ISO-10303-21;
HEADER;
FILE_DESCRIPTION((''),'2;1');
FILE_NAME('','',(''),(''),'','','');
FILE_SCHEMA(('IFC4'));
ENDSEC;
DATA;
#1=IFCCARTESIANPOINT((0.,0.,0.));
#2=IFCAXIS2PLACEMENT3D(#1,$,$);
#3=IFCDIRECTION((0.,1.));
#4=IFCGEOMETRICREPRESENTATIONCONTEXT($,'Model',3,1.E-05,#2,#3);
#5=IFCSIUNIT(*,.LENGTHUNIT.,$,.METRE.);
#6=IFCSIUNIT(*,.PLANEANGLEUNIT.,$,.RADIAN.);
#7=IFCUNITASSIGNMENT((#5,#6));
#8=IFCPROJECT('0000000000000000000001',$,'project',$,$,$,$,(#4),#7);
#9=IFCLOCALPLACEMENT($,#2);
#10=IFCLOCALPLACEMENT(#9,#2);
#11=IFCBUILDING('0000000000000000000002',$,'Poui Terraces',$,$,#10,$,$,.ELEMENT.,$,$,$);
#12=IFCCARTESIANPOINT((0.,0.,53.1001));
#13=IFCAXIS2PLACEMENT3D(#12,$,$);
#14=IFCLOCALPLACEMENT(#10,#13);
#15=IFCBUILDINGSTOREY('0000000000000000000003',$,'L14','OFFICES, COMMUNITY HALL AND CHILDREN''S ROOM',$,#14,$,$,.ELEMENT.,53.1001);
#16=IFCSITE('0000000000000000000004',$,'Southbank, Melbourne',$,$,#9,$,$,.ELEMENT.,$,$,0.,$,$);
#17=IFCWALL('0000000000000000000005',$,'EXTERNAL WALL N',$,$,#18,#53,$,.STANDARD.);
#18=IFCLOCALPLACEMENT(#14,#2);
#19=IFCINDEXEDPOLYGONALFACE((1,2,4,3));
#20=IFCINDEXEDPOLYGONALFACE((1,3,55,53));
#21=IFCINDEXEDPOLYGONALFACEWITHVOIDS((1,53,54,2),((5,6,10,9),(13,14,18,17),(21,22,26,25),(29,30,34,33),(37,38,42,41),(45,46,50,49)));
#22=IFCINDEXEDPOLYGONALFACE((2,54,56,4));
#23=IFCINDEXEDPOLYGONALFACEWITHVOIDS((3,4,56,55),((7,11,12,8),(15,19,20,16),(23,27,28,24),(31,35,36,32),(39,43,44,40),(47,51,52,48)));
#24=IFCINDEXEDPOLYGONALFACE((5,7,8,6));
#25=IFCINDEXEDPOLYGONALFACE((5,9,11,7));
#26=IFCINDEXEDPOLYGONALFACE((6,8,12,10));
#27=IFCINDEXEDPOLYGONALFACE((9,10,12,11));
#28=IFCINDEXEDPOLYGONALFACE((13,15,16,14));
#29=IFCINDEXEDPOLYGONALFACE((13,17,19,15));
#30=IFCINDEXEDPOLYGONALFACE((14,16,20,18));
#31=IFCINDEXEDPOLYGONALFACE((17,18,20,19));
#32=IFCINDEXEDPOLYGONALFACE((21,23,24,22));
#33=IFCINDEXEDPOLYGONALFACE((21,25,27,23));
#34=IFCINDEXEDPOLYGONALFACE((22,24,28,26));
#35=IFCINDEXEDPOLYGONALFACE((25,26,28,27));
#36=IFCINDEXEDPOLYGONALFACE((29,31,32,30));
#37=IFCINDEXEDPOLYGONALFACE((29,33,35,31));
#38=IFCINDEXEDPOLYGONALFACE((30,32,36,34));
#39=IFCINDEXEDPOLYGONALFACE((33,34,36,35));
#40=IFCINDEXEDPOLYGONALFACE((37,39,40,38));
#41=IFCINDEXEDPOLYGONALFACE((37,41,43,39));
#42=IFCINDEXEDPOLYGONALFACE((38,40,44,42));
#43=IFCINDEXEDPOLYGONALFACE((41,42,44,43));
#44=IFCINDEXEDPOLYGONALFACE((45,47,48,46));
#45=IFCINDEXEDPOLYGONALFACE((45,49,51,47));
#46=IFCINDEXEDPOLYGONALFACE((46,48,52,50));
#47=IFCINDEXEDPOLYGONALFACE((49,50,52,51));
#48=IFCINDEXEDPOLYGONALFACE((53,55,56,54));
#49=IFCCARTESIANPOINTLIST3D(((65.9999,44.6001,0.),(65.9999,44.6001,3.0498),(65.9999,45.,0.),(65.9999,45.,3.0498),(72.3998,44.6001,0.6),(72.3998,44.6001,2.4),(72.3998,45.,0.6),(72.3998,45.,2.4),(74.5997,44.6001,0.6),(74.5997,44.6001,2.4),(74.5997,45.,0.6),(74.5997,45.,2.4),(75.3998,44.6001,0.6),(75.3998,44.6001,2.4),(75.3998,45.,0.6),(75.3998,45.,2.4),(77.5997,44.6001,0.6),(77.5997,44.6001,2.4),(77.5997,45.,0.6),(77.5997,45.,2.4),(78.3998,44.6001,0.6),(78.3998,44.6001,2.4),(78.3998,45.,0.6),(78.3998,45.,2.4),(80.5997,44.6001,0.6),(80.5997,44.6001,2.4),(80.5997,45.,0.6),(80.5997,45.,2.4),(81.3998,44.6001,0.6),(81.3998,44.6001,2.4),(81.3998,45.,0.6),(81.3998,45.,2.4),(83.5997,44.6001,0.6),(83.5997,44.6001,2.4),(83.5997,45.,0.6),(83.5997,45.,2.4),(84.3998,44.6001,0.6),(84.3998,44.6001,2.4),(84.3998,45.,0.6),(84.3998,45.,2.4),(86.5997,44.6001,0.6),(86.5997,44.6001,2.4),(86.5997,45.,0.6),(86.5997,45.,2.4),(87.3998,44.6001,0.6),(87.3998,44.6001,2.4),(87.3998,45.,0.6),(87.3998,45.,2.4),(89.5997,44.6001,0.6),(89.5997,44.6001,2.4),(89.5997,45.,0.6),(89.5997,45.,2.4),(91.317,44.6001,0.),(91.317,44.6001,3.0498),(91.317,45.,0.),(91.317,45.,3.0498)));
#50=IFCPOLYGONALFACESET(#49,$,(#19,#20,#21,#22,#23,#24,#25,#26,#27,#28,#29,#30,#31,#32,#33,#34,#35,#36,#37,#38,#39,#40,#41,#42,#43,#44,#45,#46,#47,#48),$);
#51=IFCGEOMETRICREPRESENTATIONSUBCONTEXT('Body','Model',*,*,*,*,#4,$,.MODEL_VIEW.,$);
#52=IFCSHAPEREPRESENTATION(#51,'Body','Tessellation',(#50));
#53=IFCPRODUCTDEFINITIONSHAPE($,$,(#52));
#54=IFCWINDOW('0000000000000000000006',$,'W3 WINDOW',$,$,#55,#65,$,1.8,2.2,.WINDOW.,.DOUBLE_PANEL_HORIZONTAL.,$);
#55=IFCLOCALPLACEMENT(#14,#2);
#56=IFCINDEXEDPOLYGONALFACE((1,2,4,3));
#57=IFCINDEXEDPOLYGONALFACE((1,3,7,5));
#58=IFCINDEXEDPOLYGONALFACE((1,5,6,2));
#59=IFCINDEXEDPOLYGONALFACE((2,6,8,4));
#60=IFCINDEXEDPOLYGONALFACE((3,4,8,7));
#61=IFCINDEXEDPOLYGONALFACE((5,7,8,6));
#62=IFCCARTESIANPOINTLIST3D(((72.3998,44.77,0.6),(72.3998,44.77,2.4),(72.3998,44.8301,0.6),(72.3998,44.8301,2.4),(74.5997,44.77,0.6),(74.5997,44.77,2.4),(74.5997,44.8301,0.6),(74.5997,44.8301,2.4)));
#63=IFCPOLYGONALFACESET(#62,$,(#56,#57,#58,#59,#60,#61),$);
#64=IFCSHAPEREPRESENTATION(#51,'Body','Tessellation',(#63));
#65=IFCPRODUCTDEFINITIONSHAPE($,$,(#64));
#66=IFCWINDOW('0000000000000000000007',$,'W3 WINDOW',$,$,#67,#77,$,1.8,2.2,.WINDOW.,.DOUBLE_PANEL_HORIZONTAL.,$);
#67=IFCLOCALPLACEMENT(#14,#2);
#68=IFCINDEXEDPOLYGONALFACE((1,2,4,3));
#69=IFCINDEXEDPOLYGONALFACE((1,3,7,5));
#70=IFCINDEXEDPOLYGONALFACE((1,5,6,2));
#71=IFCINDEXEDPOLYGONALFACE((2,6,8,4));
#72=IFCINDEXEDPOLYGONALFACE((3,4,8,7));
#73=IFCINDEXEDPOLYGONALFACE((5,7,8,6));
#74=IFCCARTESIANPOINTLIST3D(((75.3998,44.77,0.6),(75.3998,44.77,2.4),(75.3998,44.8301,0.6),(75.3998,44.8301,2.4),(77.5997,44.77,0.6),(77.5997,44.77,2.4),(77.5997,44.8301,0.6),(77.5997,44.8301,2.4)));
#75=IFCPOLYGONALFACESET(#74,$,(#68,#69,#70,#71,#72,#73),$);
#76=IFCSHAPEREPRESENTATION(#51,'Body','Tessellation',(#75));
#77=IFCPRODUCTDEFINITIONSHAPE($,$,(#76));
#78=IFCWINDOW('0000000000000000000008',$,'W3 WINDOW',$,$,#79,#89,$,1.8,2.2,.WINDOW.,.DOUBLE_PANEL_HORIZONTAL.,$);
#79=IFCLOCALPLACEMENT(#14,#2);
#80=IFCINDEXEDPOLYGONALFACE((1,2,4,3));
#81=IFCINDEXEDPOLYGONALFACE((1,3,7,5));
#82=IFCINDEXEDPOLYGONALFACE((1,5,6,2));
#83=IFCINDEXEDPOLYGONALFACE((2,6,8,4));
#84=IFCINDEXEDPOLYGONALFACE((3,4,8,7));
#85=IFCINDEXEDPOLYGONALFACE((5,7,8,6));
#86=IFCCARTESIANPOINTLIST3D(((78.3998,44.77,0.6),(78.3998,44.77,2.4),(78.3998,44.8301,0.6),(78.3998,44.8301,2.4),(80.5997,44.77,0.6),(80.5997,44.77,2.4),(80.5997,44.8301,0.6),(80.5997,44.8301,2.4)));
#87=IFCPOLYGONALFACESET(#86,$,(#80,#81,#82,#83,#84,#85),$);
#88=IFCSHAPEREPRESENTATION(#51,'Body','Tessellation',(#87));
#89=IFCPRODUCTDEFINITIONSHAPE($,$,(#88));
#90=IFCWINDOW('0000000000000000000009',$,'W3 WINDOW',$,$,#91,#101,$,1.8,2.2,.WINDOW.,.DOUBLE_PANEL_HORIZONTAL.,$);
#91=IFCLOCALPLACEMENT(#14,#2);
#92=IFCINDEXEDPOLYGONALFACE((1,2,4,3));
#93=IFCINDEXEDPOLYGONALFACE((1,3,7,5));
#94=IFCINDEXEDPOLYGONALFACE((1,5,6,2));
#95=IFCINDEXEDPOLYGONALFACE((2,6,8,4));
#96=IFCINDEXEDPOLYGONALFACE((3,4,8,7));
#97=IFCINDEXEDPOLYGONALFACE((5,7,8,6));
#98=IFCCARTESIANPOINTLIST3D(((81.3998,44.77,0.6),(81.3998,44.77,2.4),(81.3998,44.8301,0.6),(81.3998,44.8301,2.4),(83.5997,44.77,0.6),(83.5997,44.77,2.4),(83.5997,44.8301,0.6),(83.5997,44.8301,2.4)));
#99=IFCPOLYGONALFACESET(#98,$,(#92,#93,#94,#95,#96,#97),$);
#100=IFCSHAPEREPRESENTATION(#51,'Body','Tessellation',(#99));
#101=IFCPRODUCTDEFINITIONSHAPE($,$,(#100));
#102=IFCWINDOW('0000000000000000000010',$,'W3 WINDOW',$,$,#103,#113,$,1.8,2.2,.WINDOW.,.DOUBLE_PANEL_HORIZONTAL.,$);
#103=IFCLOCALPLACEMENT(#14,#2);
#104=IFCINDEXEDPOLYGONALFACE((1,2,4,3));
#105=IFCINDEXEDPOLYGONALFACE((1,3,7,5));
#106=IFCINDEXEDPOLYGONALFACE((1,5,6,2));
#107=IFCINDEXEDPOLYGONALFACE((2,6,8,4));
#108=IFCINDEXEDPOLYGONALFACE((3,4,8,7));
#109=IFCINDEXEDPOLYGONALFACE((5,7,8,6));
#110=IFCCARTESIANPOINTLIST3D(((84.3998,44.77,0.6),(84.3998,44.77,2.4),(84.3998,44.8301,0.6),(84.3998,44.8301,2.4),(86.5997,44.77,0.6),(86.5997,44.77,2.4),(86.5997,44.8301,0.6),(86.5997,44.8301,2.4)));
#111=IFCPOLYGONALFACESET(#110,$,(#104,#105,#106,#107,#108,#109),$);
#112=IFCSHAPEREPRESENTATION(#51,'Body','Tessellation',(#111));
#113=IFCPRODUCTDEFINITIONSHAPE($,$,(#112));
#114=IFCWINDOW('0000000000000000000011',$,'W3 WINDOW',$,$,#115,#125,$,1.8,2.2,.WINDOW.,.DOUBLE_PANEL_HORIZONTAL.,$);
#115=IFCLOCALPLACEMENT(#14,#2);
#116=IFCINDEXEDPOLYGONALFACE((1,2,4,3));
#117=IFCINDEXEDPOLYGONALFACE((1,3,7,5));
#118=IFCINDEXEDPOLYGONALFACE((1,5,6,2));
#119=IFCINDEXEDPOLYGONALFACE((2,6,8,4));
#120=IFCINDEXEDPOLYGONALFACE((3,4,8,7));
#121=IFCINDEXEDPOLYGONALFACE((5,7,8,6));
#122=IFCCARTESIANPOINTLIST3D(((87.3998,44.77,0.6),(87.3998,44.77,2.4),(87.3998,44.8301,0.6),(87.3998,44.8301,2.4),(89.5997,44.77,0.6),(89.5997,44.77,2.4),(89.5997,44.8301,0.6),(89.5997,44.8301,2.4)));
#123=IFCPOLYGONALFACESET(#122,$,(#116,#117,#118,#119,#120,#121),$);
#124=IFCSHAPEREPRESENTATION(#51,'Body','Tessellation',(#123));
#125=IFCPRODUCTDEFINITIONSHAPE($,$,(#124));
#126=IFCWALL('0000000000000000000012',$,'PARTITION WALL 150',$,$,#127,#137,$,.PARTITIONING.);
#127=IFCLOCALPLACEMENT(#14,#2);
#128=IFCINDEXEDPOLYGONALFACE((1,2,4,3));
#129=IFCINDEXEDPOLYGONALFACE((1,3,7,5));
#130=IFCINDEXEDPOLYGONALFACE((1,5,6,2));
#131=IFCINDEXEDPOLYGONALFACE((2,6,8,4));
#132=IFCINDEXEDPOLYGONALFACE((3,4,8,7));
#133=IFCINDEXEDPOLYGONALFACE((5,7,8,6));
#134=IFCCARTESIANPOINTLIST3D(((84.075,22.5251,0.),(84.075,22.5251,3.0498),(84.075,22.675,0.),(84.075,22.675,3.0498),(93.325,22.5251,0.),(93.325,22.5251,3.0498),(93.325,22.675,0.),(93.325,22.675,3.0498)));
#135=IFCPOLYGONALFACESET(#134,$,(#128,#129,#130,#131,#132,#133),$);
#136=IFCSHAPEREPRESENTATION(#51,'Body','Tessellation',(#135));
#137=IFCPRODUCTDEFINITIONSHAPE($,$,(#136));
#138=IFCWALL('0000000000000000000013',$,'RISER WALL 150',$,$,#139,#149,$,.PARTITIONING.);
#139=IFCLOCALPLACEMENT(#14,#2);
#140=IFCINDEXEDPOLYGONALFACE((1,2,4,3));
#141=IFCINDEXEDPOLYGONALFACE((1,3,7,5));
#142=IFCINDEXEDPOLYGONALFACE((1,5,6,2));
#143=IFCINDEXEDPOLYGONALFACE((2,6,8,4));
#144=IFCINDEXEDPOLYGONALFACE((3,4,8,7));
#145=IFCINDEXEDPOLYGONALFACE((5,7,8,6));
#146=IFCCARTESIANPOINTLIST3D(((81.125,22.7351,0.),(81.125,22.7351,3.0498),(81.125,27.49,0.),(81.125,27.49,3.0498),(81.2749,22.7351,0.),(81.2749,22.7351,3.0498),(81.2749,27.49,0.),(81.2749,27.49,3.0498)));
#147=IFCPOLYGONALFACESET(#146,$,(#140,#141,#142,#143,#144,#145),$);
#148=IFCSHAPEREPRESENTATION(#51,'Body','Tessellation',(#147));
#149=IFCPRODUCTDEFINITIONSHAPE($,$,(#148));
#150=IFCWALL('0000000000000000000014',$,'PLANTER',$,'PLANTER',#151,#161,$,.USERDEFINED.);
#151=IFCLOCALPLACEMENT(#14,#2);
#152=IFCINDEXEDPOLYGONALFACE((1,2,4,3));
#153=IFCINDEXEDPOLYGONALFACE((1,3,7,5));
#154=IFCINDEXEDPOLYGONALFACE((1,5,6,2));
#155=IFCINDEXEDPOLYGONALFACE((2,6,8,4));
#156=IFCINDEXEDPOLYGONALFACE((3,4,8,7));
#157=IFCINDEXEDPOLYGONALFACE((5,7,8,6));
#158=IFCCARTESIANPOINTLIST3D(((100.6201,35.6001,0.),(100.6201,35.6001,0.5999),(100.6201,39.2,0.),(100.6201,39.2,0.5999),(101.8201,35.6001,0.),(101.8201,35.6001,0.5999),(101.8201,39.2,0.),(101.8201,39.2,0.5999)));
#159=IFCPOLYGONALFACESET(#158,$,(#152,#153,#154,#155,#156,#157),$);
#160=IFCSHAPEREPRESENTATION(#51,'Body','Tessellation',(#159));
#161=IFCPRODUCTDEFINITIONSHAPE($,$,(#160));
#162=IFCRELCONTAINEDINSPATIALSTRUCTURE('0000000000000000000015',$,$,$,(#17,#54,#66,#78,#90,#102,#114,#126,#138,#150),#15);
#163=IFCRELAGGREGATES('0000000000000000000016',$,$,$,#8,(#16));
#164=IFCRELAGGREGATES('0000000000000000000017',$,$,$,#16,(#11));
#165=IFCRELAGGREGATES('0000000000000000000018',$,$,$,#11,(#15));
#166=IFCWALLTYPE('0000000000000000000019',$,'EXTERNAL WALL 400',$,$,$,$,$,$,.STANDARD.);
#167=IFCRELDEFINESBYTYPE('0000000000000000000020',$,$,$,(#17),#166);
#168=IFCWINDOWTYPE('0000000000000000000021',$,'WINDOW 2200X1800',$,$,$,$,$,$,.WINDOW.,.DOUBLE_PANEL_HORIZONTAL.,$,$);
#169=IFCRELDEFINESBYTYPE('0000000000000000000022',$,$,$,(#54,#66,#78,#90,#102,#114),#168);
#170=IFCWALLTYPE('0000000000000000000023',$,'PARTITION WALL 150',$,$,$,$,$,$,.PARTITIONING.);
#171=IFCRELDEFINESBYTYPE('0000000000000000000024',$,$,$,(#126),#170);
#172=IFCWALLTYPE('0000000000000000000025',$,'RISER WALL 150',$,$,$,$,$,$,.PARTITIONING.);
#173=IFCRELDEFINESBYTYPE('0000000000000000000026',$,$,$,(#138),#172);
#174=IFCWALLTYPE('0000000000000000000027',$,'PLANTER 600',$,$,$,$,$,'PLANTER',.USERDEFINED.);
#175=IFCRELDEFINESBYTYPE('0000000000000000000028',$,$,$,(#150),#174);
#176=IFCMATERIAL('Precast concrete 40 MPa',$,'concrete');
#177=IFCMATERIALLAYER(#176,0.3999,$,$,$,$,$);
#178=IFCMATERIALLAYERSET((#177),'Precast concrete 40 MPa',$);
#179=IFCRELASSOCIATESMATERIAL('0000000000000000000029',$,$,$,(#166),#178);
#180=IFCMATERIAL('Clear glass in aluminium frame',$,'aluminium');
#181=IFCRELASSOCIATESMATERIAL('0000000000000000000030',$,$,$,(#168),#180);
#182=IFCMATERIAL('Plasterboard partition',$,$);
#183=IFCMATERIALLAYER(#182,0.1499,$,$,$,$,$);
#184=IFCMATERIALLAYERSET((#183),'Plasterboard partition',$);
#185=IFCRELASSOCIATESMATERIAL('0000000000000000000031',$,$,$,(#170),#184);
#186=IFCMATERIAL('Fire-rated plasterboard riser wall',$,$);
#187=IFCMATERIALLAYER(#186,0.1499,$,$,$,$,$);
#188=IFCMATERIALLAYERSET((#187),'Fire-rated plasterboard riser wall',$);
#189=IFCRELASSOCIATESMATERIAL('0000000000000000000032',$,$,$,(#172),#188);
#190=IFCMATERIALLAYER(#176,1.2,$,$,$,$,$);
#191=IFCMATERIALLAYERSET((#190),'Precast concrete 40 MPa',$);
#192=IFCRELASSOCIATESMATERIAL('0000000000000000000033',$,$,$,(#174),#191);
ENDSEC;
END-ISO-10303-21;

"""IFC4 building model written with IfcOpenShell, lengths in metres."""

from ifc_helpers import new_model, si_unit, direction, frame, frame_2d, origin, place, context, subcontext, project, spatial, polyline, rectangle, outline, extrude, source, transform, mapped, material, layer, layer_set, type_object, element, fill, save


model = new_model("IFC4")

# Units and contexts
model_context = context("Model", 3, precision=1e-05, world=origin(), true_north=direction((0.0, 1.0)))
body_context = subcontext(model_context, "Body", "Model", "MODEL_VIEW")
ifc_project = project(units=[si_unit("LENGTHUNIT", "METRE"), si_unit("PLANEANGLEUNIT", "RADIAN")], contexts=[model_context])

# Site, building, storey
site_placement = place(None, origin())
site = spatial("IfcSite", under=ifc_project, at=site_placement, Name="Southbank, Melbourne", CompositionType="ELEMENT", RefElevation=0.0)
building_placement = place(site_placement, origin())
building = spatial("IfcBuilding", under=site, at=building_placement, Name="Poui Terraces", CompositionType="ELEMENT")
storey_placement = place(building_placement, frame((0.0, 0.0, 53.1001)))
storey = spatial("IfcBuildingStorey", under=building, at=storey_placement, Name="L14", Description="OFFICES, COMMUNITY HALL AND CHILDREN'S ROOM", CompositionType="ELEMENT", Elevation=53.1001)

# Wall, openings, windows
ifc_material_1 = material(Name="Precast concrete 40 MPa", Category="concrete")
ifc_layer_1 = layer(ifc_material_1, 0.3999)
ifc_layer_set_1 = layer_set([ifc_layer_1], Name="Precast concrete 40 MPa")
wall_type_1 = type_object("IfcWallType", Name="EXTERNAL WALL 400", PredefinedType="STANDARD", material=ifc_layer_set_1)
wall_1_placement = place(storey_placement, frame((91.3171, 44.8, 0.0), z_axis=(0.0, 0.0, 1.0), x_axis=(-1.0, 0.0, 0.0)))
wall_1 = element("IfcWall", 1, at=wall_1_placement, inside=storey, type_object=wall_type_1, Name="EXTERNAL WALL N", PredefinedType="STANDARD", context=body_context, shape_type="SweptSolid", body=[
    extrude(rectangle(XDim=25.3171, YDim=0.3999, at=frame_2d((12.6587, 0.0))), origin(), (0.0, 0.0, 1.0), 3.0498),
])
opening_1_placement = place(wall_1_placement, frame((16.7173, 0.0, 0.6001)))
opening_1 = element("IfcOpeningElement", 2, at=opening_1_placement, cuts=wall_1, PredefinedType="OPENING", context=body_context, shape_type="SweptSolid", body=[
    extrude(rectangle(XDim=2.2, YDim=1.8, at=frame_2d((1.1001, 0.8999))), frame((0.0, 0.21, 0.0), z_axis=(0.0, -1.0, 0.0), x_axis=(1.0, 0.0, 0.0)), (0.0, 0.0, 1.0), 0.4199),
])
opening_2_placement = place(wall_1_placement, frame((13.7173, 0.0, 0.6001)))
opening_2 = element("IfcOpeningElement", 3, at=opening_2_placement, cuts=wall_1, PredefinedType="OPENING", context=body_context, shape_type="SweptSolid", body=[
    extrude(rectangle(XDim=2.2, YDim=1.8, at=frame_2d((1.1001, 0.8999))), frame((0.0, 0.21, 0.0), z_axis=(0.0, -1.0, 0.0), x_axis=(1.0, 0.0, 0.0)), (0.0, 0.0, 1.0), 0.4199),
])
opening_3_placement = place(wall_1_placement, frame((10.7173, 0.0, 0.6001)))
opening_3 = element("IfcOpeningElement", 4, at=opening_3_placement, cuts=wall_1, PredefinedType="OPENING", context=body_context, shape_type="SweptSolid", body=[
    extrude(rectangle(XDim=2.2, YDim=1.8, at=frame_2d((1.1001, 0.8999))), frame((0.0, 0.21, 0.0), z_axis=(0.0, -1.0, 0.0), x_axis=(1.0, 0.0, 0.0)), (0.0, 0.0, 1.0), 0.4199),
])
opening_4_placement = place(wall_1_placement, frame((7.7173, 0.0, 0.6001)))
opening_4 = element("IfcOpeningElement", 5, at=opening_4_placement, cuts=wall_1, PredefinedType="OPENING", context=body_context, shape_type="SweptSolid", body=[
    extrude(rectangle(XDim=2.2, YDim=1.8, at=frame_2d((1.1001, 0.8999))), frame((0.0, 0.21, 0.0), z_axis=(0.0, -1.0, 0.0), x_axis=(1.0, 0.0, 0.0)), (0.0, 0.0, 1.0), 0.4199),
])
opening_5_placement = place(wall_1_placement, frame((4.7173, 0.0, 0.6001)))
opening_5 = element("IfcOpeningElement", 6, at=opening_5_placement, cuts=wall_1, PredefinedType="OPENING", context=body_context, shape_type="SweptSolid", body=[
    extrude(rectangle(XDim=2.2, YDim=1.8, at=frame_2d((1.1001, 0.8999))), frame((0.0, 0.21, 0.0), z_axis=(0.0, -1.0, 0.0), x_axis=(1.0, 0.0, 0.0)), (0.0, 0.0, 1.0), 0.4199),
])
opening_6_placement = place(wall_1_placement, frame((1.7173, 0.0, 0.6001)))
opening_6 = element("IfcOpeningElement", 7, at=opening_6_placement, cuts=wall_1, PredefinedType="OPENING", context=body_context, shape_type="SweptSolid", body=[
    extrude(rectangle(XDim=2.2, YDim=1.8, at=frame_2d((1.1001, 0.8999))), frame((0.0, 0.21, 0.0), z_axis=(0.0, -1.0, 0.0), x_axis=(1.0, 0.0, 0.0)), (0.0, 0.0, 1.0), 0.4199),
])
ifc_material_2 = material(Name="Clear glass in aluminium frame", Category="aluminium")
window_type = type_object("IfcWindowType", Name="WINDOW 2200X1800", PartitioningType="DOUBLE_PANEL_HORIZONTAL", PredefinedType="WINDOW", material=ifc_material_2)
window_1_placement = place(opening_1_placement, origin())
window_1 = element("IfcWindow", 8, at=window_1_placement, inside=storey, type_object=window_type, Name="W3 WINDOW", OverallHeight=1.8, OverallWidth=2.2, PartitioningType="DOUBLE_PANEL_HORIZONTAL", PredefinedType="WINDOW", context=body_context, shape_type="SweptSolid", body=[
    extrude(rectangle(XDim=2.2, YDim=1.8, at=frame_2d((1.1001, 0.8999))), frame((0.0, 0.03, 0.0), z_axis=(0.0, -1.0, 0.0), x_axis=(1.0, 0.0, 0.0)), (0.0, 0.0, 1.0), 0.0601),
])
fill(opening_1, window_1)
window_2_placement = place(opening_2_placement, origin())
window_2 = element("IfcWindow", 9, at=window_2_placement, inside=storey, type_object=window_type, Name="W3 WINDOW", OverallHeight=1.8, OverallWidth=2.2, PartitioningType="DOUBLE_PANEL_HORIZONTAL", PredefinedType="WINDOW", context=body_context, shape_type="SweptSolid", body=[
    extrude(rectangle(XDim=2.2, YDim=1.8, at=frame_2d((1.1001, 0.8999))), frame((0.0, 0.03, 0.0), z_axis=(0.0, -1.0, 0.0), x_axis=(1.0, 0.0, 0.0)), (0.0, 0.0, 1.0), 0.0601),
])
fill(opening_2, window_2)
window_3_placement = place(opening_3_placement, origin())
window_3 = element("IfcWindow", 10, at=window_3_placement, inside=storey, type_object=window_type, Name="W3 WINDOW", OverallHeight=1.8, OverallWidth=2.2, PartitioningType="DOUBLE_PANEL_HORIZONTAL", PredefinedType="WINDOW", context=body_context, shape_type="SweptSolid", body=[
    extrude(rectangle(XDim=2.2, YDim=1.8, at=frame_2d((1.1001, 0.8999))), frame((0.0, 0.03, 0.0), z_axis=(0.0, -1.0, 0.0), x_axis=(1.0, 0.0, 0.0)), (0.0, 0.0, 1.0), 0.0601),
])
fill(opening_3, window_3)
window_4_placement = place(opening_4_placement, origin())
window_4 = element("IfcWindow", 11, at=window_4_placement, inside=storey, type_object=window_type, Name="W3 WINDOW", OverallHeight=1.8, OverallWidth=2.2, PartitioningType="DOUBLE_PANEL_HORIZONTAL", PredefinedType="WINDOW", context=body_context, shape_type="SweptSolid", body=[
    extrude(rectangle(XDim=2.2, YDim=1.8, at=frame_2d((1.1001, 0.8999))), frame((0.0, 0.03, 0.0), z_axis=(0.0, -1.0, 0.0), x_axis=(1.0, 0.0, 0.0)), (0.0, 0.0, 1.0), 0.0601),
])
fill(opening_4, window_4)
window_5_placement = place(opening_5_placement, origin())
window_5 = element("IfcWindow", 12, at=window_5_placement, inside=storey, type_object=window_type, Name="W3 WINDOW", OverallHeight=1.8, OverallWidth=2.2, PartitioningType="DOUBLE_PANEL_HORIZONTAL", PredefinedType="WINDOW", context=body_context, shape_type="SweptSolid", body=[
    extrude(rectangle(XDim=2.2, YDim=1.8, at=frame_2d((1.1001, 0.8999))), frame((0.0, 0.03, 0.0), z_axis=(0.0, -1.0, 0.0), x_axis=(1.0, 0.0, 0.0)), (0.0, 0.0, 1.0), 0.0601),
])
fill(opening_5, window_5)
window_6_placement = place(opening_6_placement, origin())
window_6 = element("IfcWindow", 13, at=window_6_placement, inside=storey, type_object=window_type, Name="W3 WINDOW", OverallHeight=1.8, OverallWidth=2.2, PartitioningType="DOUBLE_PANEL_HORIZONTAL", PredefinedType="WINDOW", context=body_context, shape_type="SweptSolid", body=[
    extrude(rectangle(XDim=2.2, YDim=1.8, at=frame_2d((1.1001, 0.8999))), frame((0.0, 0.03, 0.0), z_axis=(0.0, -1.0, 0.0), x_axis=(1.0, 0.0, 0.0)), (0.0, 0.0, 1.0), 0.0601),
])
fill(opening_6, window_6)

# Walls
ifc_material_3 = material(Name="Plasterboard partition")
ifc_layer_2 = layer(ifc_material_3, 0.1499)
ifc_layer_set_2 = layer_set([ifc_layer_2], Name="Plasterboard partition")
wall_type_2 = type_object("IfcWallType", Name="PARTITION WALL 150", PredefinedType="PARTITIONING", material=ifc_layer_set_2)
wall_2_placement = place(storey_placement, frame((84.075, 22.6001, 0.0), z_axis=(0.0, 0.0, 1.0), x_axis=(1.0, 0.0, 0.0)))
element("IfcWall", 14, at=wall_2_placement, inside=storey, type_object=wall_type_2, Name="PARTITION WALL 150", PredefinedType="PARTITIONING", context=body_context, shape_type="SweptSolid", body=[
    extrude(rectangle(XDim=9.25, YDim=0.1499, at=frame_2d((4.625, 0.0))), origin(), (0.0, 0.0, 1.0), 3.0498),
])
ifc_material_4 = material(Name="Fire-rated plasterboard riser wall")
ifc_layer_3 = layer(ifc_material_4, 0.1499)
ifc_layer_set_3 = layer_set([ifc_layer_3], Name="Fire-rated plasterboard riser wall")
wall_type_3 = type_object("IfcWallType", Name="RISER WALL 150", PredefinedType="PARTITIONING", material=ifc_layer_set_3)
wall_3_placement = place(storey_placement, frame((81.2, 22.7351, 0.0), z_axis=(0.0, 0.0, 1.0), x_axis=(0.0, 1.0, 0.0)))
element("IfcWall", 15, at=wall_3_placement, inside=storey, type_object=wall_type_3, Name="RISER WALL 150", PredefinedType="PARTITIONING", context=body_context, shape_type="SweptSolid", body=[
    extrude(rectangle(XDim=4.7549, YDim=0.1499, at=frame_2d((2.3774, 0.0))), origin(), (0.0, 0.0, 1.0), 3.0498),
])
ifc_layer_4 = layer(ifc_material_1, 1.2)
ifc_layer_set_4 = layer_set([ifc_layer_4], Name="Precast concrete 40 MPa")
wall_type_4 = type_object("IfcWallType", Name="PLANTER 600", ElementType="PLANTER", PredefinedType="USERDEFINED", material=ifc_layer_set_4)
shared_shape_1 = source(origin(), body_context, "Body", "SweptSolid", [
    extrude(outline(polyline([(0.0, 0.0), (1.2, 0.0), (1.2, 3.5999), (0.0, 3.5999), (0.0, 0.0)])), origin(), (0.0, 0.0, 1.0), 0.5999),
])
for number, where, name in (
    (16, (100.6201, 35.6001, 0.0), "PLANTER"),
):
    element("IfcWall", number, at=place(storey_placement, frame(where)), inside=storey, type_object=wall_type_4, Name=name, ObjectType="PLANTER", PredefinedType="USERDEFINED", context=body_context, shape_type="MappedRepresentation", body=[
        mapped(shared_shape_1, transform((0.0, 0.0, 0.0))),
    ])

save(model, "model.ifc")
